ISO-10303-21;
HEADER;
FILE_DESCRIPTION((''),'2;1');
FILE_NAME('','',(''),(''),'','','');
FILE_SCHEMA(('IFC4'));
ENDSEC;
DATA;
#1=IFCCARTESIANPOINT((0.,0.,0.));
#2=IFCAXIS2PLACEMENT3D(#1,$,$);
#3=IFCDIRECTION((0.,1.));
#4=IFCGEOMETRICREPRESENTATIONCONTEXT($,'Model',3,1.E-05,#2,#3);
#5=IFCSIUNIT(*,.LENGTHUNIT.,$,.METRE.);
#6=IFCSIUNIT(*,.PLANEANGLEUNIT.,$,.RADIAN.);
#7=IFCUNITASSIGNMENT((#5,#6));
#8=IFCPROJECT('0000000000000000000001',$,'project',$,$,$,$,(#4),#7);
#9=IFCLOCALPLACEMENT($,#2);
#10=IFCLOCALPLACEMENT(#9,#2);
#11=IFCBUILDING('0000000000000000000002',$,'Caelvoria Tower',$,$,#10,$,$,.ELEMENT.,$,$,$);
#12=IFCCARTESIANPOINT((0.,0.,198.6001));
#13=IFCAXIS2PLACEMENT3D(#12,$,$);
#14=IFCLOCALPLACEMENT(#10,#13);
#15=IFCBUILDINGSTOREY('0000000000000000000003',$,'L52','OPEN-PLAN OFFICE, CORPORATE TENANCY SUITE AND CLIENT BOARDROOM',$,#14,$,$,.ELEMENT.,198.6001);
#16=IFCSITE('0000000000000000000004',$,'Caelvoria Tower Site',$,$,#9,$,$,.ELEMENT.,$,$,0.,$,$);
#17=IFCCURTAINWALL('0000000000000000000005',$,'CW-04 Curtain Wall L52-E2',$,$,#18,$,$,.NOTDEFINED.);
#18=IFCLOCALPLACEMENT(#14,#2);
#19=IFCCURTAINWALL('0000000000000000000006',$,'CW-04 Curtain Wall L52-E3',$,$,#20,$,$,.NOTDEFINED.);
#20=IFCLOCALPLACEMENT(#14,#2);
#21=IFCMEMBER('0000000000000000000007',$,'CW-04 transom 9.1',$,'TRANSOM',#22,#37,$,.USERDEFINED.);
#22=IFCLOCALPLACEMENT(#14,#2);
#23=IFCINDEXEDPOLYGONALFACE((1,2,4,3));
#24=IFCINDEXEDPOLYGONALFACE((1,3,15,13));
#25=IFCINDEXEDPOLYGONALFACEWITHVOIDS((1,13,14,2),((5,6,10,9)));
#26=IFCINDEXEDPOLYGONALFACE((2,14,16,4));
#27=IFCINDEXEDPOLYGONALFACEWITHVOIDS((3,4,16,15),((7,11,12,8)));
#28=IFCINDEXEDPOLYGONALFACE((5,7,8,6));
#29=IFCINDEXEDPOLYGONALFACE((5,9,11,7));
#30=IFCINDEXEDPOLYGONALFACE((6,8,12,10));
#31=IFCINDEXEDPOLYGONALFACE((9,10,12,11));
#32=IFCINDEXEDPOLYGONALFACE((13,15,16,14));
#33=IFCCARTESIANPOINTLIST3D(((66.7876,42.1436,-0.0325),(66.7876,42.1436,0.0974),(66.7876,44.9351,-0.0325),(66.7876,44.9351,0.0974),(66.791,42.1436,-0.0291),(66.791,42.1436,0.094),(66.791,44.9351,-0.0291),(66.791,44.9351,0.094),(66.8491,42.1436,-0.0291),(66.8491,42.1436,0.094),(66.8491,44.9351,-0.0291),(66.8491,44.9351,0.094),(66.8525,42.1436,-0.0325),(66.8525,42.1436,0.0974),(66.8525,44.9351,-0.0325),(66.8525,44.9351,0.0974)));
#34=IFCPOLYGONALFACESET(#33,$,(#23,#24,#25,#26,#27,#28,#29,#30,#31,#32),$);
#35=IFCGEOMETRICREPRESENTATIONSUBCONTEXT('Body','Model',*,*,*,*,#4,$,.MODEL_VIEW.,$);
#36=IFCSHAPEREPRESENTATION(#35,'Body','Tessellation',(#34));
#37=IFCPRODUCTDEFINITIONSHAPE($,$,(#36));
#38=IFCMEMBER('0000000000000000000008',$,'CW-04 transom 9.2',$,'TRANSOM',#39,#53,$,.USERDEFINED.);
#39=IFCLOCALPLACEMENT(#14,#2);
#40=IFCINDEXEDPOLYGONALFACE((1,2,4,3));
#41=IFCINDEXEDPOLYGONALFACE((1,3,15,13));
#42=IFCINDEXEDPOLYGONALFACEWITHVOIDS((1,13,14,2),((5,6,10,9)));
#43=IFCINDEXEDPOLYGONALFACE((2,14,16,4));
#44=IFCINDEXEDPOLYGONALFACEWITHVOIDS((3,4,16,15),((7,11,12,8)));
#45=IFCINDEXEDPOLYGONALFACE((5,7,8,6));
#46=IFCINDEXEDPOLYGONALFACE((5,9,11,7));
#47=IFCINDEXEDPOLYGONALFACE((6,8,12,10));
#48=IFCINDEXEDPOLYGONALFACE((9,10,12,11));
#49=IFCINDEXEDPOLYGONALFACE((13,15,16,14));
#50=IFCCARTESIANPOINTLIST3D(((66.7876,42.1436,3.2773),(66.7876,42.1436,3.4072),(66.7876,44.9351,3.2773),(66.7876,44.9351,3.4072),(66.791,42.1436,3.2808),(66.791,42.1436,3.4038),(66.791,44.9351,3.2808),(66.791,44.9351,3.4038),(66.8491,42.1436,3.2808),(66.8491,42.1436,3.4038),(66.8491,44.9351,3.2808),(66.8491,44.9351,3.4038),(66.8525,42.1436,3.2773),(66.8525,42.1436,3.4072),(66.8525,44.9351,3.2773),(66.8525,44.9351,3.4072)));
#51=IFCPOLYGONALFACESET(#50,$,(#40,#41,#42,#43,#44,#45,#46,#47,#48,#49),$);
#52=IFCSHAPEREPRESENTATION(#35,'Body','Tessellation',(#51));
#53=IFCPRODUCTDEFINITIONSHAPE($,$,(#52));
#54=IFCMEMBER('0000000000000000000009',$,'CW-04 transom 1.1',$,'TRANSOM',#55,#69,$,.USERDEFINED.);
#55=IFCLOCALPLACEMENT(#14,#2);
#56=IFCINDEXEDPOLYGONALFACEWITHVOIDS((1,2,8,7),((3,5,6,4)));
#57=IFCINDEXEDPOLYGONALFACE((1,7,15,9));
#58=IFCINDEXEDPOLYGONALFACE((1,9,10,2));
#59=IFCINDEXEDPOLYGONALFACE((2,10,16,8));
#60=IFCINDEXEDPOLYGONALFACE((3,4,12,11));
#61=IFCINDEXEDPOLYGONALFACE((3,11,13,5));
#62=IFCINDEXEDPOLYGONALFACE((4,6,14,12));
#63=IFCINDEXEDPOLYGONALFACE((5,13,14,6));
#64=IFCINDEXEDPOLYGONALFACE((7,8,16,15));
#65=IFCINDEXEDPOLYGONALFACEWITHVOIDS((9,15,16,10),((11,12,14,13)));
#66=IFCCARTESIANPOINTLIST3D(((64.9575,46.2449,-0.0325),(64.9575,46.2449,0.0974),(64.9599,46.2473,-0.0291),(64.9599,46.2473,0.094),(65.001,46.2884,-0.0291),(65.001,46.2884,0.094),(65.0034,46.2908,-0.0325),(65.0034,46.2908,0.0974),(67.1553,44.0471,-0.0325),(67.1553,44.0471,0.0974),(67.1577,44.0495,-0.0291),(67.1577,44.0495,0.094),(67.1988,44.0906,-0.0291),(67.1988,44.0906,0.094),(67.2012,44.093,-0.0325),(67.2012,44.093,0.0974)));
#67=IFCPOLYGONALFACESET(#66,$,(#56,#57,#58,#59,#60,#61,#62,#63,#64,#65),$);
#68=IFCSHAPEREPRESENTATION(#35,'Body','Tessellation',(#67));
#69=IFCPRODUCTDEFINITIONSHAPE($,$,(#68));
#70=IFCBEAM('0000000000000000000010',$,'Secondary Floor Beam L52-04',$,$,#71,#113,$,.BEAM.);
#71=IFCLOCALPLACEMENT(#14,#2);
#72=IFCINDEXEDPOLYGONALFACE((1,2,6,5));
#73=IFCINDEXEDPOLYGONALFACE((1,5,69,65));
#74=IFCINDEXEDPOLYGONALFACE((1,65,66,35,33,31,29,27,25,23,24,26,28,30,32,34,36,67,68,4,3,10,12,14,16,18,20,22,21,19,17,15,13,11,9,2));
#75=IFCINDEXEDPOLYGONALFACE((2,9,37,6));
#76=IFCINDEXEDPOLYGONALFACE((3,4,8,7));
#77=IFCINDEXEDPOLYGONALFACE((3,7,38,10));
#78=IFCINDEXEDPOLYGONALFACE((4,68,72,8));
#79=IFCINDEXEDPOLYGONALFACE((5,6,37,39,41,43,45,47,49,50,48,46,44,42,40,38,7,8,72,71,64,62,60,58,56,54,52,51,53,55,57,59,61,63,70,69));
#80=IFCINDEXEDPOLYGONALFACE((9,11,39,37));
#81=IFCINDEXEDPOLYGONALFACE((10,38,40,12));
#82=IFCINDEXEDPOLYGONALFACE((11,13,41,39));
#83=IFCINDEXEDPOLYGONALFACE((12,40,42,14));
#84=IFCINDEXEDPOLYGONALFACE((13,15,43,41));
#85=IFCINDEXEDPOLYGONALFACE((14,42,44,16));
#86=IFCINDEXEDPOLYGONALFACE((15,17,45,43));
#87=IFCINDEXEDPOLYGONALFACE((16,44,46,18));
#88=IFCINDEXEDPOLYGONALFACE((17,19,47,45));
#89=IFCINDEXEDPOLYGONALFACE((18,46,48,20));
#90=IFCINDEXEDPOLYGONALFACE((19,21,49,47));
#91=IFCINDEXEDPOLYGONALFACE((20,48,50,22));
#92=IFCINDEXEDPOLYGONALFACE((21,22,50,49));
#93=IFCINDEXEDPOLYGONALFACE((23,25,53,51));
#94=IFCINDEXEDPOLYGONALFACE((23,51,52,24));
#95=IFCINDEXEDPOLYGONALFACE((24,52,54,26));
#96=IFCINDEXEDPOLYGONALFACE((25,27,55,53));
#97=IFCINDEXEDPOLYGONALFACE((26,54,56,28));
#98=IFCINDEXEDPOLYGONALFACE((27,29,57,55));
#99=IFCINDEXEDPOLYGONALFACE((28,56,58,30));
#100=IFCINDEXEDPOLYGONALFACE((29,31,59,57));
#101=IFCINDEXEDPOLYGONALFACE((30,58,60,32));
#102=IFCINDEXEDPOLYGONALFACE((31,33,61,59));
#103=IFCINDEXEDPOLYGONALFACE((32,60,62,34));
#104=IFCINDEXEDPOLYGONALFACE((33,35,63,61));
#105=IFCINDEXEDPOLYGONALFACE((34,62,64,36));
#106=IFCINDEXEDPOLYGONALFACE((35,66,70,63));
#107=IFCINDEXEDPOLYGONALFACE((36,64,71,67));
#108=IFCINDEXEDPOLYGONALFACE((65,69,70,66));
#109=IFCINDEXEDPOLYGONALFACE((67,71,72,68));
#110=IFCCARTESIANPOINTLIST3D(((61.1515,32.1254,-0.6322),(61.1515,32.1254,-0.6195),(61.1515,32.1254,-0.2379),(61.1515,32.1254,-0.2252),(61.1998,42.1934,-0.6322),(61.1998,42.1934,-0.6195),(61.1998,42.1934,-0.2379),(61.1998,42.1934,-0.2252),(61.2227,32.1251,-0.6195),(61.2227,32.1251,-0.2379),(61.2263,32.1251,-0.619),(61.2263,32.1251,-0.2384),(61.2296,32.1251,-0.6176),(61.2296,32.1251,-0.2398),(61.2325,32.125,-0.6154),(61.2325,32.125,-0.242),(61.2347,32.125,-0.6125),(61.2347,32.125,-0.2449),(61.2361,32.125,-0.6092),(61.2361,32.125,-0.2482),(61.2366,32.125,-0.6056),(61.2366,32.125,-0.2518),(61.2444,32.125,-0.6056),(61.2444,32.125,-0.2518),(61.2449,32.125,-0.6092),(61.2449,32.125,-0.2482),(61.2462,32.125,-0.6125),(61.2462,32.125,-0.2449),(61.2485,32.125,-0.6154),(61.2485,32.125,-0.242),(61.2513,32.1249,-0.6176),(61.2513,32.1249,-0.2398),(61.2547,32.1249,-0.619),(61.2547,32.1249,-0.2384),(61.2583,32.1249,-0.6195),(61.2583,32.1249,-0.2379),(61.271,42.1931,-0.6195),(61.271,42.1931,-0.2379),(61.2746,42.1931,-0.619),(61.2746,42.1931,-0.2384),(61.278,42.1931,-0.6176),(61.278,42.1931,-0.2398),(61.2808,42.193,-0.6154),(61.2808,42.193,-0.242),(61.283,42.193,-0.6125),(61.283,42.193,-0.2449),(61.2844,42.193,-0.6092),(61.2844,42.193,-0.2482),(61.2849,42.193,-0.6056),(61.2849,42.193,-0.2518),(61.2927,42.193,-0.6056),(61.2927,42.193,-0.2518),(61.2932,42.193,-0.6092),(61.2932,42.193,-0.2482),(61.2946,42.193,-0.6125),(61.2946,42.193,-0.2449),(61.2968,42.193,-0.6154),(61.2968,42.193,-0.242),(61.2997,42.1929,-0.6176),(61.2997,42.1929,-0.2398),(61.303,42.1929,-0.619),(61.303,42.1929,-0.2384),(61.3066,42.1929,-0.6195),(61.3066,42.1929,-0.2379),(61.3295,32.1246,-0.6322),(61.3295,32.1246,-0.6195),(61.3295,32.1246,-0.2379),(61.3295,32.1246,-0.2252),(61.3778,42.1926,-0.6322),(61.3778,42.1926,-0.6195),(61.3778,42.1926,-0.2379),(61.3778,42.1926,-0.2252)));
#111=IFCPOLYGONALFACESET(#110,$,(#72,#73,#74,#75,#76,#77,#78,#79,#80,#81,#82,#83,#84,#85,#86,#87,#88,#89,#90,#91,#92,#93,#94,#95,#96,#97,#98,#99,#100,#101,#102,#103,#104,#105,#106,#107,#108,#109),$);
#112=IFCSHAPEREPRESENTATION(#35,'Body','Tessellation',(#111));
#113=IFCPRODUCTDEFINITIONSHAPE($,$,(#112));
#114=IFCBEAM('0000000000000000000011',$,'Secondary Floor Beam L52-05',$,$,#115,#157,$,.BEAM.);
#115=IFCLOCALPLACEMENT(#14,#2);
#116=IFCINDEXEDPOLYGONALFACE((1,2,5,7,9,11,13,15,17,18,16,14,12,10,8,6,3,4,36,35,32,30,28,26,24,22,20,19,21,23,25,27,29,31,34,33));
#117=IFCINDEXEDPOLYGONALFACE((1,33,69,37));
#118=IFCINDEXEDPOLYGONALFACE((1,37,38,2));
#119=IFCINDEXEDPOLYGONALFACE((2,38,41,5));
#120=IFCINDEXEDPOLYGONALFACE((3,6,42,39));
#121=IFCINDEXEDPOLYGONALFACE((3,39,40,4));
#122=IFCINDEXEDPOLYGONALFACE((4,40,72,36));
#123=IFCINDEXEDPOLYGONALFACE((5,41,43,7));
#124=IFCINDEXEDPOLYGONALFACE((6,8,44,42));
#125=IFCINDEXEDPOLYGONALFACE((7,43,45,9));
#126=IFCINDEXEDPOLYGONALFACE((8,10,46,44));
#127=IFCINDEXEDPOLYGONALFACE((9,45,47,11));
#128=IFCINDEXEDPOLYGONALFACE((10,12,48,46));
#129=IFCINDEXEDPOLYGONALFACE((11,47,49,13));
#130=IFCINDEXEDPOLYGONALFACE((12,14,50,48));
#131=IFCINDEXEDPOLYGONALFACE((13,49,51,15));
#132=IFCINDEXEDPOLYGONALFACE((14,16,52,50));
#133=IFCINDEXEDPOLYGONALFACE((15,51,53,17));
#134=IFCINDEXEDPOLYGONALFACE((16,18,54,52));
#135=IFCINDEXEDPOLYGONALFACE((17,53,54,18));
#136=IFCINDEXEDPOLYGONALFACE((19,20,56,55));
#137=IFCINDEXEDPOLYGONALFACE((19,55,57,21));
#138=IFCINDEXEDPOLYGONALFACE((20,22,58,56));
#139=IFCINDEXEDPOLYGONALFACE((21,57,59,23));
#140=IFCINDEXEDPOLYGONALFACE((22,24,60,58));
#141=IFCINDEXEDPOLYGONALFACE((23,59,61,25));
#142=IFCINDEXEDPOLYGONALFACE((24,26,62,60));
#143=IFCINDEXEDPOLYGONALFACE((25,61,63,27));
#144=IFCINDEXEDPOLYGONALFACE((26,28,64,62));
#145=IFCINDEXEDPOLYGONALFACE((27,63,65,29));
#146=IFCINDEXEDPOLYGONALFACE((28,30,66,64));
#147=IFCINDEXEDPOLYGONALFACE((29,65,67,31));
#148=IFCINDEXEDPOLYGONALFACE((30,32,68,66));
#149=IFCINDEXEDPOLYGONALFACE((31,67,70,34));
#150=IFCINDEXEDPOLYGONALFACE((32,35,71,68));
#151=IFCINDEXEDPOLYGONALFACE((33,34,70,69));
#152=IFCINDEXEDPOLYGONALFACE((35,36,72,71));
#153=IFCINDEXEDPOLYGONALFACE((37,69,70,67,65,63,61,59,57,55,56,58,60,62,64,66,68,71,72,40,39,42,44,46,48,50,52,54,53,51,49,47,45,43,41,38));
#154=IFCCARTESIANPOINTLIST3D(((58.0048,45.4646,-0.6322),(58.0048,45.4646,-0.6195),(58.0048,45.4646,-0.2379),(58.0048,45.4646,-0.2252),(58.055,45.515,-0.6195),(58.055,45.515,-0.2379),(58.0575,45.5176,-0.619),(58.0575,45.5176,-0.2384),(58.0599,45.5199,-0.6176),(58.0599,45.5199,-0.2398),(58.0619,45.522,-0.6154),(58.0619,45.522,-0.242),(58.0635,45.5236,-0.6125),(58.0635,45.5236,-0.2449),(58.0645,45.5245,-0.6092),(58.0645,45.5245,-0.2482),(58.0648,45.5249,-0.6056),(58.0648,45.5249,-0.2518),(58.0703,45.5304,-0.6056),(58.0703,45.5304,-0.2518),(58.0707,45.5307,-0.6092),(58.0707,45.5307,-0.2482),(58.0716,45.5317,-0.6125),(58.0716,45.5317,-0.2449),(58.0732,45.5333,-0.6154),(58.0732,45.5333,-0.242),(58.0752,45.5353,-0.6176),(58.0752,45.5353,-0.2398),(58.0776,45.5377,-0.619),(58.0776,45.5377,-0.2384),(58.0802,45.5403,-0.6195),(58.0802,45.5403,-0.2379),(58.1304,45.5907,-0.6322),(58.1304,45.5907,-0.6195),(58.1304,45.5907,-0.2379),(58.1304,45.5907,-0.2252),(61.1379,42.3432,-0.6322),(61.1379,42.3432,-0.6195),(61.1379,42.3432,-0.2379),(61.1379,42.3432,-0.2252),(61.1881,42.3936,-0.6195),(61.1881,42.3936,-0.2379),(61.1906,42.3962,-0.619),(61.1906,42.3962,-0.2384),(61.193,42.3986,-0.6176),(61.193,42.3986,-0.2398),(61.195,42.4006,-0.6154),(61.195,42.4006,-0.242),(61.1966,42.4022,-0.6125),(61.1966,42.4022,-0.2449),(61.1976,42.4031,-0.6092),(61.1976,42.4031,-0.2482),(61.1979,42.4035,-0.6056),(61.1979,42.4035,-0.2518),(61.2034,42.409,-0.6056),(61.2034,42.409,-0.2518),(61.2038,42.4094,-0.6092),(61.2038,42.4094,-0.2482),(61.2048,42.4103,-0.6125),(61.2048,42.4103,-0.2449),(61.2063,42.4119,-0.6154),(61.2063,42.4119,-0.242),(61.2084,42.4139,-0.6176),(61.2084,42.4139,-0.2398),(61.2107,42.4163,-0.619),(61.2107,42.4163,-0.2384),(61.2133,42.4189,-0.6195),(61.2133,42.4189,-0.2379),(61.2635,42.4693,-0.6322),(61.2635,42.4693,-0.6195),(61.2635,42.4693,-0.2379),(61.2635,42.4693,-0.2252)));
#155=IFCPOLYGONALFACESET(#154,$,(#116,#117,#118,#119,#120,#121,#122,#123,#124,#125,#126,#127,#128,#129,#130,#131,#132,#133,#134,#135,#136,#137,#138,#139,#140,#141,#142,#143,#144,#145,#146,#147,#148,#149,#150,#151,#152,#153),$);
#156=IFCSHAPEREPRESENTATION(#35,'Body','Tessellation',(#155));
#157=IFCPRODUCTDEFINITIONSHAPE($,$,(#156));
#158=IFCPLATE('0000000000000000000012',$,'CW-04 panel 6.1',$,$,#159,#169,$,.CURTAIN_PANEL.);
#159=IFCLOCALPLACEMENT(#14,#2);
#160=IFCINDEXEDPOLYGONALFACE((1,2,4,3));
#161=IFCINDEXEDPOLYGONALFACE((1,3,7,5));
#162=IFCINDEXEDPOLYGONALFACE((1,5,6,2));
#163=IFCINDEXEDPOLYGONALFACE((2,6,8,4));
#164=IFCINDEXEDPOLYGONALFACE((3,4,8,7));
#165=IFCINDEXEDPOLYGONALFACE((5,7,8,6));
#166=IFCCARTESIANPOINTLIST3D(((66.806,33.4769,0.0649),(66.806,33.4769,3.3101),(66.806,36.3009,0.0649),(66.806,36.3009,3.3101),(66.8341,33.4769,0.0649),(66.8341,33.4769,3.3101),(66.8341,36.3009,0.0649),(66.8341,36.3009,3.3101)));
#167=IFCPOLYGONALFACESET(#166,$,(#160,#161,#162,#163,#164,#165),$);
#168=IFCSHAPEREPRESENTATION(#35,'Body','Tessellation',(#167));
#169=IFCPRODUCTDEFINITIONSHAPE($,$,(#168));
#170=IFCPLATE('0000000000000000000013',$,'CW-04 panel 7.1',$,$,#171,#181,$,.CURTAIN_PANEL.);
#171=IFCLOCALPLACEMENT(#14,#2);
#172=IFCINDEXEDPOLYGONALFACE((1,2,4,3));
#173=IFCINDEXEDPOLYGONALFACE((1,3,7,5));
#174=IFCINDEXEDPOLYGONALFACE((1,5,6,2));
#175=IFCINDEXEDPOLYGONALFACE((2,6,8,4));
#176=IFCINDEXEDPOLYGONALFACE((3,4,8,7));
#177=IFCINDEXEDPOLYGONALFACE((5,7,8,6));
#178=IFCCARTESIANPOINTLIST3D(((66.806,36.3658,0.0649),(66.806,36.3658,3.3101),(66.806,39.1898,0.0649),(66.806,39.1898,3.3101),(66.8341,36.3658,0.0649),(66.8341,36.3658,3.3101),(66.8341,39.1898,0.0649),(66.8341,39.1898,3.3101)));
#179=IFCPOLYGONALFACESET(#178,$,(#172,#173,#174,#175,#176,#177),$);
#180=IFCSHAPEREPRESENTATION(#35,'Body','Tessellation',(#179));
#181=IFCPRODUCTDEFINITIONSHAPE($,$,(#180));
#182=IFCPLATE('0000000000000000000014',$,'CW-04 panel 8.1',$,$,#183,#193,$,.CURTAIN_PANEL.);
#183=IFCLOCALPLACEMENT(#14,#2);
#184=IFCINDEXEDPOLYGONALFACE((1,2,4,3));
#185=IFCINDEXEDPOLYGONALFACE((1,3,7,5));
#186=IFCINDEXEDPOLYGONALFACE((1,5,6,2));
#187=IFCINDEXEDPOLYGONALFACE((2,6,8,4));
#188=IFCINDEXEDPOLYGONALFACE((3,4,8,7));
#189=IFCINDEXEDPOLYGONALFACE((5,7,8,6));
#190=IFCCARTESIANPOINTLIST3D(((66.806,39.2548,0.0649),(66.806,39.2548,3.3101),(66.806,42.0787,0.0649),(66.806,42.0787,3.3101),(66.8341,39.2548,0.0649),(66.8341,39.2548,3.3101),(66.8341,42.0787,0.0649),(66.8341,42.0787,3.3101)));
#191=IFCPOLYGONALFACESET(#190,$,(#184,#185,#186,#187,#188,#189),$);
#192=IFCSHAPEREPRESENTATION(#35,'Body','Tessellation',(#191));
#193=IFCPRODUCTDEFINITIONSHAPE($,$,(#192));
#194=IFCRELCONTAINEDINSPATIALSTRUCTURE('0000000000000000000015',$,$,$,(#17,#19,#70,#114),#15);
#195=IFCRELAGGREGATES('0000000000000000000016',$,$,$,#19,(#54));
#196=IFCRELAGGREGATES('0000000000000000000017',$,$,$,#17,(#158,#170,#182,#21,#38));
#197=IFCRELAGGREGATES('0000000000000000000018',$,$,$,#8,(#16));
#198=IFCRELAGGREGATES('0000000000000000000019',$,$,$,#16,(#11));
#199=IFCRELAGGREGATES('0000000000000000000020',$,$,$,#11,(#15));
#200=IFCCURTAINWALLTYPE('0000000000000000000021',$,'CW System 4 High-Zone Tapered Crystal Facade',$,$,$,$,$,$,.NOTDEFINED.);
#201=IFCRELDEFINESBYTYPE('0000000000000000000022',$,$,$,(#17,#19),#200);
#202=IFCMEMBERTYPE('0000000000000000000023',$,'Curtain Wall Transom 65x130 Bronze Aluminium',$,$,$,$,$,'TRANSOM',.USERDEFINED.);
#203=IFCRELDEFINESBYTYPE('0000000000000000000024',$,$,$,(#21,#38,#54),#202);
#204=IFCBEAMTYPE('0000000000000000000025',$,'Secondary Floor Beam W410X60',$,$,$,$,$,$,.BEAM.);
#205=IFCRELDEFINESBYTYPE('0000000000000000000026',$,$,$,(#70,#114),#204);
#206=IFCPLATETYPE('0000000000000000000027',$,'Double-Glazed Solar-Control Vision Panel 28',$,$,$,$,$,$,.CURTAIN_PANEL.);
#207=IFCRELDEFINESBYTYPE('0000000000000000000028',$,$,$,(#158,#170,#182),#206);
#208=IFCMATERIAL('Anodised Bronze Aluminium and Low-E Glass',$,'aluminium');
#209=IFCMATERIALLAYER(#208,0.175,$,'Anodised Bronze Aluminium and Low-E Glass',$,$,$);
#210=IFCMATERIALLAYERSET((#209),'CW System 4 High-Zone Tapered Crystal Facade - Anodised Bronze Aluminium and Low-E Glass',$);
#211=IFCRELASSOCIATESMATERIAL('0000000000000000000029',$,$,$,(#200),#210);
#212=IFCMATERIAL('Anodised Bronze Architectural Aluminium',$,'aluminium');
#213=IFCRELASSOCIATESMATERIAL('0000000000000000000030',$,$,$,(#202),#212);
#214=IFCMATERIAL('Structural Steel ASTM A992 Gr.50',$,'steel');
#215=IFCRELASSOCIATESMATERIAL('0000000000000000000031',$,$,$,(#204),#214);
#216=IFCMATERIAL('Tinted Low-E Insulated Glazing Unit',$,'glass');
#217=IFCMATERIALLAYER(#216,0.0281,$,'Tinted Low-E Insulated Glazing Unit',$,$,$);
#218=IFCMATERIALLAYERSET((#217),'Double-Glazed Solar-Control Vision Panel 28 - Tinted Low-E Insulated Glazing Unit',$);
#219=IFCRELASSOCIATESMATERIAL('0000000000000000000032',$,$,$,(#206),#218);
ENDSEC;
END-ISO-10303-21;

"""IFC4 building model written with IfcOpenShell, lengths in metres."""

from ifc_helpers import new_model, si_unit, direction, frame, origin, origin_2d, place, context, subcontext, project, spatial, rectangle, hollow_rectangle, i_section, extrude, material, layer, layer_set, material_profile, profile_set, type_object, element, aggregate, save


model = new_model("IFC4")

# Units and contexts
model_context = context("Model", 3, precision=1e-05, world=origin(), true_north=direction((0.0, 1.0)))
body_context = subcontext(model_context, "Body", "Model", "MODEL_VIEW")
ifc_project = project(units=[si_unit("LENGTHUNIT", "METRE"), si_unit("PLANEANGLEUNIT", "RADIAN")], contexts=[model_context])

# Site, building, storey
site_placement = place(None, origin())
site = spatial("IfcSite", under=ifc_project, at=site_placement, Name="Caelvoria Tower Site", CompositionType="ELEMENT", RefElevation=0.0)
building_placement = place(site_placement, origin())
building = spatial("IfcBuilding", under=site, at=building_placement, Name="Caelvoria Tower", CompositionType="ELEMENT")
storey_placement = place(building_placement, frame((0.0, 0.0, 198.6001)))
storey = spatial("IfcBuildingStorey", under=building, at=storey_placement, Name="L52", Description="OPEN-PLAN OFFICE, CORPORATE TENANCY SUITE AND CLIENT BOARDROOM", CompositionType="ELEMENT", Elevation=198.6001)

# Curtain wall
ifc_material_1 = material(Name="Anodised Bronze Aluminium and Low-E Glass", Category="aluminium")
ifc_layer_1 = layer(ifc_material_1, 0.175, Name="Anodised Bronze Aluminium and Low-E Glass")
ifc_layer_set_1 = layer_set([ifc_layer_1], Name="CW System 4 High-Zone Tapered Crystal Facade - Anodised Bronze Aluminium and Low-E Glass")
curtain_wall_type = type_object("IfcCurtainWallType", Name="CW System 4 High-Zone Tapered Crystal Facade", PredefinedType="NOTDEFINED", material=ifc_layer_set_1)
curtain_wall_1_placement = place(storey_placement, origin())
curtain_wall_1 = element("IfcCurtainWall", 1, at=curtain_wall_1_placement, inside=storey, type_object=curtain_wall_type, Name="CW-04 Curtain Wall L52-E2", PredefinedType="NOTDEFINED")
ifc_material_2 = material(Name="Anodised Bronze Architectural Aluminium", Category="aluminium")

# Curtain wall
curtain_wall_2_placement = place(storey_placement, origin())
curtain_wall_2 = element("IfcCurtainWall", 2, at=curtain_wall_2_placement, inside=storey, type_object=curtain_wall_type, Name="CW-04 Curtain Wall L52-E3", PredefinedType="NOTDEFINED")

# Members
ifc_material_profile_1 = material_profile(ifc_material_2, hollow_rectangle(XDim=0.0649, YDim=0.1299, WallThickness=0.0034, at=origin_2d()), Name="Anodised Bronze Architectural Aluminium")
ifc_profile_set_1 = profile_set([ifc_material_profile_1], Name="CW_TRAN_65X130 - Anodised Bronze Architectural Aluminium")
member_type_1 = type_object("IfcMemberType", Name="Curtain Wall Transom 65x130 Bronze Aluminium", ElementType="TRANSOM", PredefinedType="USERDEFINED", material=ifc_profile_set_1)
member_1_placement = place(storey_placement, frame((66.8201, 42.1436, 0.0325), z_axis=(0.0, 1.0, 0.0), x_axis=(-1.0, 0.0, 0.0)))
member_1 = element("IfcMember", 3, at=member_1_placement, type_object=member_type_1, Name="CW-04 transom 9.1", ObjectType="TRANSOM", PredefinedType="USERDEFINED", context=body_context, shape_type="SweptSolid", body=[
    extrude(hollow_rectangle(XDim=0.0649, YDim=0.1299, WallThickness=0.0034, at=origin_2d()), origin(), (0.0, 0.0, 1.0), 2.7915),
])
member_2_placement = place(storey_placement, frame((66.8201, 42.1436, 3.3423), z_axis=(0.0, 1.0, 0.0), x_axis=(-1.0, 0.0, 0.0)))
member_2 = element("IfcMember", 4, at=member_2_placement, type_object=member_type_1, Name="CW-04 transom 9.2", ObjectType="TRANSOM", PredefinedType="USERDEFINED", context=body_context, shape_type="SweptSolid", body=[
    extrude(hollow_rectangle(XDim=0.0649, YDim=0.1299, WallThickness=0.0034, at=origin_2d()), origin(), (0.0, 0.0, 1.0), 2.7915),
])
member_3_placement = place(storey_placement, frame((67.1782, 44.0701, 0.0325), z_axis=(-0.707107, 0.707107, 0.0), x_axis=(-0.707107, -0.707107, 0.0)))
member_3 = element("IfcMember", 5, at=member_3_placement, type_object=member_type_1, Name="CW-04 transom 1.1", ObjectType="TRANSOM", PredefinedType="USERDEFINED", context=body_context, shape_type="SweptSolid", body=[
    extrude(hollow_rectangle(XDim=0.0649, YDim=0.1299, WallThickness=0.0034, at=origin_2d()), origin(), (0.0, 0.0, 1.0), 3.1082),
])
aggregate(curtain_wall_2, [member_3])

# Beams
ifc_material_3 = material(Name="Structural Steel ASTM A992 Gr.50", Category="steel")
ifc_material_profile_2 = material_profile(ifc_material_3, i_section(OverallWidth=0.178, OverallDepth=0.407, WebThickness=0.0078, FlangeThickness=0.0127, FilletRadius=0.0139, at=origin_2d()), Name="Structural Steel ASTM A992 Gr.50")
ifc_profile_set_2 = profile_set([ifc_material_profile_2], Name="W410X60 - Structural Steel ASTM A992 Gr.50")
beam_type = type_object("IfcBeamType", Name="Secondary Floor Beam W410X60", PredefinedType="BEAM", material=ifc_profile_set_2)
beam_1_placement = place(storey_placement, frame((61.2405, 32.125, -0.4287), z_axis=(0.004801, 0.999988, 0.0), x_axis=(-0.999988, 0.004801, 0.0)))
element("IfcBeam", 6, at=beam_1_placement, inside=storey, type_object=beam_type, Name="Secondary Floor Beam L52-04", PredefinedType="BEAM", context=body_context, shape_type="SweptSolid", body=[
    extrude(i_section(OverallWidth=0.178, OverallDepth=0.407, WebThickness=0.0078, FlangeThickness=0.0127, FilletRadius=0.0139, at=origin_2d()), origin(), (0.0, 0.0, 1.0), 10.0681),
])
beam_2_placement = place(storey_placement, frame((61.2007, 42.4062, -0.4287), z_axis=(-0.70843, 0.705781, 0.0), x_axis=(-0.705781, -0.70843, 0.0)))
element("IfcBeam", 7, at=beam_2_placement, inside=storey, type_object=beam_type, Name="Secondary Floor Beam L52-05", PredefinedType="BEAM", context=body_context, shape_type="SweptSolid", body=[
    extrude(i_section(OverallWidth=0.178, OverallDepth=0.407, WebThickness=0.0078, FlangeThickness=0.0127, FilletRadius=0.0139, at=origin_2d()), origin(), (0.0, 0.0, 1.0), 4.4226),
])

# Plates
ifc_material_4 = material(Name="Tinted Low-E Insulated Glazing Unit", Category="glass")
ifc_layer_2 = layer(ifc_material_4, 0.0281, Name="Tinted Low-E Insulated Glazing Unit")
ifc_layer_set_2 = layer_set([ifc_layer_2], Name="Double-Glazed Solar-Control Vision Panel 28 - Tinted Low-E Insulated Glazing Unit")
plate_type_1 = type_object("IfcPlateType", Name="Double-Glazed Solar-Control Vision Panel 28", PredefinedType="CURTAIN_PANEL", material=ifc_layer_set_2)
plate_1_placement = place(storey_placement, frame((66.8201, 34.8889, 0.0649), z_axis=(0.0, 0.0, 1.0), x_axis=(0.0, 1.0, 0.0)))
plate_1 = element("IfcPlate", 8, at=plate_1_placement, type_object=plate_type_1, Name="CW-04 panel 6.1", PredefinedType="CURTAIN_PANEL", context=body_context, shape_type="SweptSolid", body=[
    extrude(rectangle(XDim=2.824, YDim=0.0281, at=origin_2d()), origin(), (0.0, 0.0, 1.0), 3.2451),
])
plate_2_placement = place(storey_placement, frame((66.8201, 37.7778, 0.0649), z_axis=(0.0, 0.0, 1.0), x_axis=(0.0, 1.0, 0.0)))
plate_2 = element("IfcPlate", 9, at=plate_2_placement, type_object=plate_type_1, Name="CW-04 panel 7.1", PredefinedType="CURTAIN_PANEL", context=body_context, shape_type="SweptSolid", body=[
    extrude(rectangle(XDim=2.824, YDim=0.0281, at=origin_2d()), origin(), (0.0, 0.0, 1.0), 3.2451),
])
plate_3_placement = place(storey_placement, frame((66.8201, 40.6667, 0.0649), z_axis=(0.0, 0.0, 1.0), x_axis=(0.0, 1.0, 0.0)))
plate_3 = element("IfcPlate", 10, at=plate_3_placement, type_object=plate_type_1, Name="CW-04 panel 8.1", PredefinedType="CURTAIN_PANEL", context=body_context, shape_type="SweptSolid", body=[
    extrude(rectangle(XDim=2.824, YDim=0.0281, at=origin_2d()), origin(), (0.0, 0.0, 1.0), 3.2451),
])
aggregate(curtain_wall_1, [plate_1, plate_2, plate_3, member_1, member_2])

save(model, "model.ifc")
